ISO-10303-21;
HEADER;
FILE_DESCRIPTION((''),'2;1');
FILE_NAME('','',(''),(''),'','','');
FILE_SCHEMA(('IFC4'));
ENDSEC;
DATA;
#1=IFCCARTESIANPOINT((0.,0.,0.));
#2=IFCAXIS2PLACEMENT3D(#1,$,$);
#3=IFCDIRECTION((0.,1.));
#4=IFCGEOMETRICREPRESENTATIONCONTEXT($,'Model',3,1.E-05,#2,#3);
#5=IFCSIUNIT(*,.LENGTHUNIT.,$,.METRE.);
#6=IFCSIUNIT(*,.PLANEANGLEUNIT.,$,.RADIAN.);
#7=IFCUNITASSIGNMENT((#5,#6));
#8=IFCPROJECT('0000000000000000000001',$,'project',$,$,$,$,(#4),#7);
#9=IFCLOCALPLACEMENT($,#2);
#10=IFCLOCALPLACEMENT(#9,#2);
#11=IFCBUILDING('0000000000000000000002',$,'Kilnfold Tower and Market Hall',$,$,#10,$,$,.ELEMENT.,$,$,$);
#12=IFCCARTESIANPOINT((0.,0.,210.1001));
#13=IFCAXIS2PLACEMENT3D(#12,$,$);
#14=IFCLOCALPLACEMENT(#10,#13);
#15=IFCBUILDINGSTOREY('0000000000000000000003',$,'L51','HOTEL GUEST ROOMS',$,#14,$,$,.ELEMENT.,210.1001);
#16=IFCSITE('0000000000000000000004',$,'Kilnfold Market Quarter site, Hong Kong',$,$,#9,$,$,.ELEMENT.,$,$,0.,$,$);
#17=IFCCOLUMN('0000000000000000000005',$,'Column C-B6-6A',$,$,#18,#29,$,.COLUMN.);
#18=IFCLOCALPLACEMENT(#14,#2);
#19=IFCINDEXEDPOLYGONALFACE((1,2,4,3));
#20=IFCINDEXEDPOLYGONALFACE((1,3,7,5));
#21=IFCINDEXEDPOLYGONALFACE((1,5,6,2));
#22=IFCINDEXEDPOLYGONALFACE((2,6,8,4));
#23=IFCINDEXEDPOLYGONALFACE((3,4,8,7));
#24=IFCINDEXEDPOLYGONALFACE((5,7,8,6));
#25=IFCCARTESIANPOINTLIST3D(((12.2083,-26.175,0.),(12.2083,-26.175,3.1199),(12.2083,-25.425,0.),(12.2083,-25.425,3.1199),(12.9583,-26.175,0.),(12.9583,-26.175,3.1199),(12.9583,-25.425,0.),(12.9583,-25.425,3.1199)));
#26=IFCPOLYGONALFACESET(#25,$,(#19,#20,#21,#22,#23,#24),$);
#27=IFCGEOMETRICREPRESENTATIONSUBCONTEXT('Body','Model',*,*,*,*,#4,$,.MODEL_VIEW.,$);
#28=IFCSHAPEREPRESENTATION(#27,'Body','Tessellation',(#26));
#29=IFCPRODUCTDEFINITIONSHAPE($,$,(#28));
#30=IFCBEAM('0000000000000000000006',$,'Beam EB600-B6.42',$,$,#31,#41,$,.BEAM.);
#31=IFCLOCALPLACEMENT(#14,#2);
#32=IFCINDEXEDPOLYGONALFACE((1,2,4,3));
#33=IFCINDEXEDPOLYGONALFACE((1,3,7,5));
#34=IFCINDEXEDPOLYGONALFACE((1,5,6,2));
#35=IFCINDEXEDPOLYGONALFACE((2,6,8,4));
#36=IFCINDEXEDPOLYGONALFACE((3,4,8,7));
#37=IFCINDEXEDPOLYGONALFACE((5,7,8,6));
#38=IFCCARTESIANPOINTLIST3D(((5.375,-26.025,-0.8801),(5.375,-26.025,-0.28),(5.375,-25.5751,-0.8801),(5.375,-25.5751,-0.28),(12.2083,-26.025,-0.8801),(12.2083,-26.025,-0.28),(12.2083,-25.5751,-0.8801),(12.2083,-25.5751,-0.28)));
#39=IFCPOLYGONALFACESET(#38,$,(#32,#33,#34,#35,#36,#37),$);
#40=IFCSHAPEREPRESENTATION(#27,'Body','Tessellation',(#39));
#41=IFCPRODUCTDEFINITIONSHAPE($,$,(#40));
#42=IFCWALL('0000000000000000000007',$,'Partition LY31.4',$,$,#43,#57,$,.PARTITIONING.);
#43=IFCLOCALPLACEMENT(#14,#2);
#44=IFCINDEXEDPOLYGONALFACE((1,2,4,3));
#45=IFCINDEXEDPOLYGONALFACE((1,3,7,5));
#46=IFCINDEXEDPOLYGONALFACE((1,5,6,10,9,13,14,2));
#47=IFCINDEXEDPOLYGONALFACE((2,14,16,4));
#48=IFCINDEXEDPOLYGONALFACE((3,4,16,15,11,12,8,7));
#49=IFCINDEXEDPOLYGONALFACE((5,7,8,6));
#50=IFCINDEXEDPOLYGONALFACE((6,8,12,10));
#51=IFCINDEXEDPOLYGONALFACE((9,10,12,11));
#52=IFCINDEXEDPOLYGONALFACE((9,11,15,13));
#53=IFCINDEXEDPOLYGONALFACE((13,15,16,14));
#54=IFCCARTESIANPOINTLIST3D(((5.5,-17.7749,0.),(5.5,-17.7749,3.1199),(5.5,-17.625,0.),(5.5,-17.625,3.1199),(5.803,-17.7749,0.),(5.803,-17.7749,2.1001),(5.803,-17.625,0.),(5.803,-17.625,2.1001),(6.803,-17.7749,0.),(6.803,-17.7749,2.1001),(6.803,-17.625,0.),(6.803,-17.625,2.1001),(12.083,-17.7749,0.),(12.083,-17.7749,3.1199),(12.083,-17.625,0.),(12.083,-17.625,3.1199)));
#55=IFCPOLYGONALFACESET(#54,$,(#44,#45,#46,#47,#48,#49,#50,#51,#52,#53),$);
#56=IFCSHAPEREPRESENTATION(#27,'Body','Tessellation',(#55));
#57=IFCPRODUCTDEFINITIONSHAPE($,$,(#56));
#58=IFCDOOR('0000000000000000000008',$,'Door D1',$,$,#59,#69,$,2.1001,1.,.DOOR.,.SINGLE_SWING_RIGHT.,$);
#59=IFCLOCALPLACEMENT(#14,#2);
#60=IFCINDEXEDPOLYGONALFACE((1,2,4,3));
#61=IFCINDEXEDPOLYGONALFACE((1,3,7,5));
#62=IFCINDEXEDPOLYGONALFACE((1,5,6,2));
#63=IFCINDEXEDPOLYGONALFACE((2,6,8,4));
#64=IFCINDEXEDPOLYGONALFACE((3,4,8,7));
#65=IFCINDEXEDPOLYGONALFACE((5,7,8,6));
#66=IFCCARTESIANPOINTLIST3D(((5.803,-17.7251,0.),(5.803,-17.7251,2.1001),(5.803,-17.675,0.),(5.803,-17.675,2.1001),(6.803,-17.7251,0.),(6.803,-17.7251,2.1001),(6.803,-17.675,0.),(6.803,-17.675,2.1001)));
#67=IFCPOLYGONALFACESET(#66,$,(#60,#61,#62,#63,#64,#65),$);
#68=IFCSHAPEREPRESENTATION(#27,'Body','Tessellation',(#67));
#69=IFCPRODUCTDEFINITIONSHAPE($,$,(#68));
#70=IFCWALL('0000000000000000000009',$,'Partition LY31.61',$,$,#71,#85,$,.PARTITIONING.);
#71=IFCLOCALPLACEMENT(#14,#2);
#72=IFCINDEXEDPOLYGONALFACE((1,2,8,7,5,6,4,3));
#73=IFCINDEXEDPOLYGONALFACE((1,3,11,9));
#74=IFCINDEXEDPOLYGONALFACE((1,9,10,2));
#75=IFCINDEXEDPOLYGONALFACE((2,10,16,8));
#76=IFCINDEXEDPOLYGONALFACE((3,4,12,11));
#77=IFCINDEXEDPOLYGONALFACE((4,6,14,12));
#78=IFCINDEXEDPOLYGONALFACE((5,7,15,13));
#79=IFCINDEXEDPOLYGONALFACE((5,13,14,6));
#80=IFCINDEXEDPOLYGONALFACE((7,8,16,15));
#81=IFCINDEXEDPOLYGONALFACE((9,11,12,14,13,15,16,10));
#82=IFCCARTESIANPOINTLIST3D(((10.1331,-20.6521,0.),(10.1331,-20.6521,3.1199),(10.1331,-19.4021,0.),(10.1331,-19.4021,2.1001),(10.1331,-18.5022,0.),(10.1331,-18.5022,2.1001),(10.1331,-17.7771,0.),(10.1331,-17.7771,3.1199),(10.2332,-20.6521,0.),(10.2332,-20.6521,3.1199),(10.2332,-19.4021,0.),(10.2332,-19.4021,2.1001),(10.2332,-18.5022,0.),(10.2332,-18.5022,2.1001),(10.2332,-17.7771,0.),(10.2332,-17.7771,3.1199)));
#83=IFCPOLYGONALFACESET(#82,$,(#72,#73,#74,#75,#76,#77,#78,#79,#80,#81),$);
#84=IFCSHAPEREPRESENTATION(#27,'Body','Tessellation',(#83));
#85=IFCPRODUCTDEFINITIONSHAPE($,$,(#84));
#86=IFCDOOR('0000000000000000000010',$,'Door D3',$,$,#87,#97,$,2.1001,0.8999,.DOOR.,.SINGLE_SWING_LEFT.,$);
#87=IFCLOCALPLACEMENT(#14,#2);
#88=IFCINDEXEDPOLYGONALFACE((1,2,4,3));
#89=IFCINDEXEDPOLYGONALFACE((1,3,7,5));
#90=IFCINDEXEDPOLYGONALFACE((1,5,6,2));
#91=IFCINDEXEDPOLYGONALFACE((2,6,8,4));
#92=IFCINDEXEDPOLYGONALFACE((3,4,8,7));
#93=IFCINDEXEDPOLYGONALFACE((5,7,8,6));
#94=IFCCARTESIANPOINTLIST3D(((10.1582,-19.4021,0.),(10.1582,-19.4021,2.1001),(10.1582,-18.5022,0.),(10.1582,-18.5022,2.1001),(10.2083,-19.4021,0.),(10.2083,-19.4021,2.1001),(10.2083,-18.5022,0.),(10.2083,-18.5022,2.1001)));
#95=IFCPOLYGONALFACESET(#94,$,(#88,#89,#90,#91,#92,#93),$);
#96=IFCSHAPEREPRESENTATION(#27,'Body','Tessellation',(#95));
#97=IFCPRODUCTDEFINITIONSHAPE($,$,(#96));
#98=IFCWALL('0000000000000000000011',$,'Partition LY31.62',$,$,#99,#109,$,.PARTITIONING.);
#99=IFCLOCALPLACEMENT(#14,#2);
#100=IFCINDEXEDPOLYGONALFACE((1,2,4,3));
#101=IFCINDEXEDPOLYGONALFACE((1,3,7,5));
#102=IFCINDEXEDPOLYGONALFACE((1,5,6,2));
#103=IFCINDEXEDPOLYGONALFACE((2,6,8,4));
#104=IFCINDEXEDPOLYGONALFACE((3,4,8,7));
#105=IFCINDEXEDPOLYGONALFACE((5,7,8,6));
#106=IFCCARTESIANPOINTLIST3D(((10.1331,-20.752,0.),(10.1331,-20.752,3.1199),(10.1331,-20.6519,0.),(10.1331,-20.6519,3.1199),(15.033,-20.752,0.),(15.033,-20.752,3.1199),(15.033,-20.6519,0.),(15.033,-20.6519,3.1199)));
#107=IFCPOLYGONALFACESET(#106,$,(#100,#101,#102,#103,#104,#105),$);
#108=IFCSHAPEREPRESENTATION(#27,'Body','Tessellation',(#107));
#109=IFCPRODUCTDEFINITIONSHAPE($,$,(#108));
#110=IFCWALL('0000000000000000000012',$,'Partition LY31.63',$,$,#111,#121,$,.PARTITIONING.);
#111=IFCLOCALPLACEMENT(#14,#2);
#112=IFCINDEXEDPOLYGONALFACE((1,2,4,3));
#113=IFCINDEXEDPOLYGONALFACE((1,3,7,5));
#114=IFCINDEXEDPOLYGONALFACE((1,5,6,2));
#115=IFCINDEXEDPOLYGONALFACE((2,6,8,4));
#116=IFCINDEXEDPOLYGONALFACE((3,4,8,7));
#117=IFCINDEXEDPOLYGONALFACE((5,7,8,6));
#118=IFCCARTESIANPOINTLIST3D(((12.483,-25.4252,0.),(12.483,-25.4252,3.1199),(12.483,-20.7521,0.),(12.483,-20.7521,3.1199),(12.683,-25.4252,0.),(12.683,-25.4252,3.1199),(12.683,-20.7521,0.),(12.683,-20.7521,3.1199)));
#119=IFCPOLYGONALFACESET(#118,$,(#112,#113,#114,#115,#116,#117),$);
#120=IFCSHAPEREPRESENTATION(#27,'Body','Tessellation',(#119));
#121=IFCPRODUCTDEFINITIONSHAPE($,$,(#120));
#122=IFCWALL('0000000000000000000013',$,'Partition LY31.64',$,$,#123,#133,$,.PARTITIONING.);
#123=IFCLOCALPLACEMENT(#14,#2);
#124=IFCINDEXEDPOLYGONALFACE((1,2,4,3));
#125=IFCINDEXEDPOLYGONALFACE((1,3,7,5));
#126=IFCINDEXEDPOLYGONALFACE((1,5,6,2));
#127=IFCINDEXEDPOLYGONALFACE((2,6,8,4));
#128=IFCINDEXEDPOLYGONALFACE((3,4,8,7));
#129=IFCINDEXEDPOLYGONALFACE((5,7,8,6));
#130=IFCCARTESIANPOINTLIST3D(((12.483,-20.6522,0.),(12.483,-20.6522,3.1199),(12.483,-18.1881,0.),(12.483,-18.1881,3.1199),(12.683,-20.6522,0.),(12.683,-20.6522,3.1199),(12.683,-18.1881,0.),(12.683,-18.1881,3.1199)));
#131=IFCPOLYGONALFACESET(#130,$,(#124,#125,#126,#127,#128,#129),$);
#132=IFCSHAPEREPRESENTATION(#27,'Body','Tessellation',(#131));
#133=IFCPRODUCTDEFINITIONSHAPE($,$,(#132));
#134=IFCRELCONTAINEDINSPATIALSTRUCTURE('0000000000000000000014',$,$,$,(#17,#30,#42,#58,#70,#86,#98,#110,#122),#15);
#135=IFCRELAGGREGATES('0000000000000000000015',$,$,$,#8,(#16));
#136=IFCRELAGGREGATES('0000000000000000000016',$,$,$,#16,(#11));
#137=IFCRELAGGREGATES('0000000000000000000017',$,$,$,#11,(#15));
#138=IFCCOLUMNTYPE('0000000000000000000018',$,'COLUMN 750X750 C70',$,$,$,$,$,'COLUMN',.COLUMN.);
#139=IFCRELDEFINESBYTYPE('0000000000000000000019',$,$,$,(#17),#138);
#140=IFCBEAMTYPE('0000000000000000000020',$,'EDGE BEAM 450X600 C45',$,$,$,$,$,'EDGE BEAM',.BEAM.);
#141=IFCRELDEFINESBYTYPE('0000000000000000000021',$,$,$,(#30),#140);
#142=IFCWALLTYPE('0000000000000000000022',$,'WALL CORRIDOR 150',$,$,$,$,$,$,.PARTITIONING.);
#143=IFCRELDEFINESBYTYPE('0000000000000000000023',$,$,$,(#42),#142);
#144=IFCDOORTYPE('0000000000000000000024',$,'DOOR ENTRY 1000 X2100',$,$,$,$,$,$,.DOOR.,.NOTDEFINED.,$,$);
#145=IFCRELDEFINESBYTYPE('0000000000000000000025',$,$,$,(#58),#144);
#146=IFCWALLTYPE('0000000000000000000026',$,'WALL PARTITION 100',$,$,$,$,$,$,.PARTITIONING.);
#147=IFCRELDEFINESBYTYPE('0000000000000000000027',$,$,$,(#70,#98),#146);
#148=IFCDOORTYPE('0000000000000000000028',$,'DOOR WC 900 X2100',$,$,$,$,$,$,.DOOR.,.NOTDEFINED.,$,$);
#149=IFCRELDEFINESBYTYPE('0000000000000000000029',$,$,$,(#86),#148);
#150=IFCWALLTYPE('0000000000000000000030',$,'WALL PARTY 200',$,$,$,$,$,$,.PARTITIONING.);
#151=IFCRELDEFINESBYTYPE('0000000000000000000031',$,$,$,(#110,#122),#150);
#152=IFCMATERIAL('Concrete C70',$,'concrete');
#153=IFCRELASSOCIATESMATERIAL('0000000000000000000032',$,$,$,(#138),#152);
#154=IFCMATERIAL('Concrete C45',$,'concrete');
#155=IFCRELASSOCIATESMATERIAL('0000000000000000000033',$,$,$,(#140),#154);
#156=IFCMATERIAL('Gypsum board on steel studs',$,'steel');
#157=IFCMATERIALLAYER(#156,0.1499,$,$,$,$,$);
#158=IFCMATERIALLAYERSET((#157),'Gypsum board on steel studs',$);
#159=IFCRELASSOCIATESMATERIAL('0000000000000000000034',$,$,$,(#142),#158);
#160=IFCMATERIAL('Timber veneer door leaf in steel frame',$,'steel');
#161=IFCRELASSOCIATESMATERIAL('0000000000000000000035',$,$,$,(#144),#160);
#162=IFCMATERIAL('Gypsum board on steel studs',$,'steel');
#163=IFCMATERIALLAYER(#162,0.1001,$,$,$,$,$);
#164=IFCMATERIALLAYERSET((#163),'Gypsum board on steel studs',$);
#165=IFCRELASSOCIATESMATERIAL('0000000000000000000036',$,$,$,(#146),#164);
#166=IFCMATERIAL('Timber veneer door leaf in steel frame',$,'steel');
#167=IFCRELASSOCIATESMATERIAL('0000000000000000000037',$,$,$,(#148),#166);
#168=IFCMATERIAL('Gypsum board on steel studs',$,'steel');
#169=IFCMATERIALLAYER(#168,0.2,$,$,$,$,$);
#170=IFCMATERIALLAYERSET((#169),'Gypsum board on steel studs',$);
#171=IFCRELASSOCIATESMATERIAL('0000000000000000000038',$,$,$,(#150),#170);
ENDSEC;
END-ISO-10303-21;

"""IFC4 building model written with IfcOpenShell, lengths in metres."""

from ifc_helpers import new_model, si_unit, direction, frame, frame_2d, origin, origin_2d, place, context, subcontext, project, spatial, rectangle, extrude, source, transform, mapped, material, layer, layer_set, material_profile, profile_set, type_object, element, fill, save


model = new_model("IFC4")

# Units and contexts
model_context = context("Model", 3, precision=1e-05, world=origin(), true_north=direction((0.0, 1.0)))
body_context = subcontext(model_context, "Body", "Model", "MODEL_VIEW")
ifc_project = project(units=[si_unit("LENGTHUNIT", "METRE"), si_unit("PLANEANGLEUNIT", "RADIAN")], contexts=[model_context])

# Site, building, storey
site_placement = place(None, origin())
site = spatial("IfcSite", under=ifc_project, at=site_placement, Name="Kilnfold Market Quarter site, Hong Kong", CompositionType="ELEMENT", RefElevation=0.0)
building_placement = place(site_placement, origin())
building = spatial("IfcBuilding", under=site, at=building_placement, Name="Kilnfold Tower and Market Hall", CompositionType="ELEMENT")
storey_placement = place(building_placement, frame((0.0, 0.0, 210.1001)))
storey = spatial("IfcBuildingStorey", under=building, at=storey_placement, Name="L51", Description="HOTEL GUEST ROOMS", CompositionType="ELEMENT", Elevation=210.1001)

# Column
ifc_material_1 = material(Name="Concrete C70", Category="concrete")
ifc_material_profile_1 = material_profile(ifc_material_1, rectangle(XDim=0.75, YDim=0.75, at=origin_2d()), Name="RC 750x750")
ifc_profile_set_1 = profile_set([ifc_material_profile_1], Name="Concrete C70")
column_type = type_object("IfcColumnType", Name="COLUMN 750X750 C70", ElementType="COLUMN", PredefinedType="COLUMN", material=ifc_profile_set_1)
shared_shape_1 = source(origin(), body_context, "Body", "SweptSolid", [
    extrude(rectangle(XDim=0.75, YDim=0.75, at=origin_2d()), origin(), (0.0, 0.0, 1.0), 3.1199),
])
column_placement = place(storey_placement, frame((12.5833, -25.8, 0.0), z_axis=(0.0, 0.0, 1.0), x_axis=(1.0, 0.0, 0.0)))
element("IfcColumn", 1, at=column_placement, inside=storey, type_object=column_type, Name="Column C-B6-6A", PredefinedType="COLUMN", context=body_context, shape_type="MappedRepresentation", body=[
    mapped(shared_shape_1, transform((0.0, 0.0, 0.0))),
])

# Beam
ifc_material_2 = material(Name="Concrete C45", Category="concrete")
ifc_material_profile_2 = material_profile(ifc_material_2, rectangle(XDim=0.45, YDim=0.6001, at=origin_2d()), Name="RC 450x600")
ifc_profile_set_2 = profile_set([ifc_material_profile_2], Name="Concrete C45")
beam_type = type_object("IfcBeamType", Name="EDGE BEAM 450X600 C45", ElementType="EDGE BEAM", PredefinedType="BEAM", material=ifc_profile_set_2)
shared_shape_2 = source(origin(), body_context, "Body", "SweptSolid", [
    extrude(rectangle(XDim=0.45, YDim=0.6001, at=origin_2d()), origin(), (0.0, 0.0, 1.0), 6.8333),
])
beam_placement = place(storey_placement, frame((5.375, -25.8, -0.5801), z_axis=(1.0, 0.0, 0.0), x_axis=(0.0, 1.0, 0.0)))
element("IfcBeam", 2, at=beam_placement, inside=storey, type_object=beam_type, Name="Beam EB600-B6.42", PredefinedType="BEAM", context=body_context, shape_type="MappedRepresentation", body=[
    mapped(shared_shape_2, transform((0.0, 0.0, 0.0))),
])

# Walls, openings, doors
ifc_material_3 = material(Name="Gypsum board on steel studs", Category="steel")
ifc_layer_1 = layer(ifc_material_3, 0.1499)
ifc_layer_set_1 = layer_set([ifc_layer_1], Name="Gypsum board on steel studs")
wall_type_1 = type_object("IfcWallType", Name="WALL CORRIDOR 150", PredefinedType="PARTITIONING", material=ifc_layer_set_1)
wall_1_placement = place(storey_placement, frame((5.5, -17.7, 0.0), z_axis=(0.0, 0.0, 1.0), x_axis=(1.0, 0.0, 0.0)))
wall_1 = element("IfcWall", 3, at=wall_1_placement, inside=storey, type_object=wall_type_1, Name="Partition LY31.4", PredefinedType="PARTITIONING", context=body_context, shape_type="SweptSolid", body=[
    extrude(rectangle(XDim=6.583, YDim=0.1499, at=frame_2d((3.2915, 0.0))), origin(), (0.0, 0.0, 1.0), 3.1199),
])
opening_1_placement = place(wall_1_placement, frame((0.303, 0.0, 0.0)))
opening_1 = element("IfcOpeningElement", 4, at=opening_1_placement, cuts=wall_1, PredefinedType="OPENING", context=body_context, shape_type="SweptSolid", body=[
    extrude(rectangle(XDim=1.0, YDim=2.1001, at=frame_2d((0.5, 1.05))), frame((0.0, 0.085, 0.0), z_axis=(0.0, -1.0, 0.0), x_axis=(1.0, 0.0, 0.0)), (0.0, 0.0, 1.0), 0.1699),
])
ifc_material_4 = material(Name="Timber veneer door leaf in steel frame", Category="steel")
door_type_1 = type_object("IfcDoorType", Name="DOOR ENTRY 1000 X2100", OperationType="NOTDEFINED", PredefinedType="DOOR", material=ifc_material_4)
door_1_placement = place(opening_1_placement, origin())
door_1 = element("IfcDoor", 5, at=door_1_placement, inside=storey, type_object=door_type_1, Name="Door D1", OperationType="SINGLE_SWING_RIGHT", OverallHeight=2.1001, OverallWidth=1.0, PredefinedType="DOOR", context=body_context, shape_type="SweptSolid", body=[
    extrude(rectangle(XDim=1.0, YDim=2.1001, at=frame_2d((0.5, 1.05))), frame((0.0, 0.0249, 0.0), z_axis=(0.0, -1.0, 0.0), x_axis=(1.0, 0.0, 0.0)), (0.0, 0.0, 1.0), 0.05),
])
fill(opening_1, door_1)
ifc_material_5 = material(Name="Gypsum board on steel studs", Category="steel")
ifc_layer_2 = layer(ifc_material_5, 0.1001)
ifc_layer_set_2 = layer_set([ifc_layer_2], Name="Gypsum board on steel studs")
wall_type_2 = type_object("IfcWallType", Name="WALL PARTITION 100", PredefinedType="PARTITIONING", material=ifc_layer_set_2)
wall_2_placement = place(storey_placement, frame((10.1831, -20.6521, 0.0), z_axis=(0.0, 0.0, 1.0), x_axis=(0.0, 1.0, 0.0)))
wall_2 = element("IfcWall", 6, at=wall_2_placement, inside=storey, type_object=wall_type_2, Name="Partition LY31.61", PredefinedType="PARTITIONING", context=body_context, shape_type="SweptSolid", body=[
    extrude(rectangle(XDim=2.875, YDim=0.1001, at=frame_2d((1.4375, 0.0))), origin(), (0.0, 0.0, 1.0), 3.1199),
])
opening_2_placement = place(wall_2_placement, frame((1.25, 0.0, 0.0)))
opening_2 = element("IfcOpeningElement", 7, at=opening_2_placement, cuts=wall_2, PredefinedType="OPENING", context=body_context, shape_type="SweptSolid", body=[
    extrude(rectangle(XDim=0.8999, YDim=2.1001, at=frame_2d((0.45, 1.05))), frame((0.0, 0.0601, 0.0), z_axis=(0.0, -1.0, 0.0), x_axis=(1.0, 0.0, 0.0)), (0.0, 0.0, 1.0), 0.1201),
])
ifc_material_6 = material(Name="Timber veneer door leaf in steel frame", Category="steel")
door_type_2 = type_object("IfcDoorType", Name="DOOR WC 900 X2100", OperationType="NOTDEFINED", PredefinedType="DOOR", material=ifc_material_6)
door_2_placement = place(opening_2_placement, origin())
door_2 = element("IfcDoor", 8, at=door_2_placement, inside=storey, type_object=door_type_2, Name="Door D3", OperationType="SINGLE_SWING_LEFT", OverallHeight=2.1001, OverallWidth=0.8999, PredefinedType="DOOR", context=body_context, shape_type="SweptSolid", body=[
    extrude(rectangle(XDim=0.8999, YDim=2.1001, at=frame_2d((0.45, 1.05))), frame((0.0, 0.0249, 0.0), z_axis=(0.0, -1.0, 0.0), x_axis=(1.0, 0.0, 0.0)), (0.0, 0.0, 1.0), 0.05),
])
fill(opening_2, door_2)

# Walls
wall_3_placement = place(storey_placement, frame((10.1331, -20.7019, 0.0), z_axis=(0.0, 0.0, 1.0), x_axis=(1.0, 0.0, 0.0)))
element("IfcWall", 9, at=wall_3_placement, inside=storey, type_object=wall_type_2, Name="Partition LY31.62", PredefinedType="PARTITIONING", context=body_context, shape_type="SweptSolid", body=[
    extrude(rectangle(XDim=4.8999, YDim=0.1001, at=frame_2d((2.45, 0.0))), origin(), (0.0, 0.0, 1.0), 3.1199),
])
ifc_material_7 = material(Name="Gypsum board on steel studs", Category="steel")
ifc_layer_3 = layer(ifc_material_7, 0.2)
ifc_layer_set_3 = layer_set([ifc_layer_3], Name="Gypsum board on steel studs")
wall_type_3 = type_object("IfcWallType", Name="WALL PARTY 200", PredefinedType="PARTITIONING", material=ifc_layer_set_3)
wall_4_placement = place(storey_placement, frame((12.583, -25.425, 0.0), z_axis=(0.0, 0.0, 1.0), x_axis=(0.0, 1.0, 0.0)))
element("IfcWall", 10, at=wall_4_placement, inside=storey, type_object=wall_type_3, Name="Partition LY31.63", PredefinedType="PARTITIONING", context=body_context, shape_type="SweptSolid", body=[
    extrude(rectangle(XDim=4.6731, YDim=0.2, at=frame_2d((2.3364, 0.0))), origin(), (0.0, 0.0, 1.0), 3.1199),
])
wall_5_placement = place(storey_placement, frame((12.583, -20.6521, 0.0), z_axis=(0.0, 0.0, 1.0), x_axis=(0.0, 1.0, 0.0)))
element("IfcWall", 11, at=wall_5_placement, inside=storey, type_object=wall_type_3, Name="Partition LY31.64", PredefinedType="PARTITIONING", context=body_context, shape_type="SweptSolid", body=[
    extrude(rectangle(XDim=2.4641, YDim=0.2, at=frame_2d((1.2319, 0.0))), origin(), (0.0, 0.0, 1.0), 3.1199),
])

save(model, "model.ifc")
